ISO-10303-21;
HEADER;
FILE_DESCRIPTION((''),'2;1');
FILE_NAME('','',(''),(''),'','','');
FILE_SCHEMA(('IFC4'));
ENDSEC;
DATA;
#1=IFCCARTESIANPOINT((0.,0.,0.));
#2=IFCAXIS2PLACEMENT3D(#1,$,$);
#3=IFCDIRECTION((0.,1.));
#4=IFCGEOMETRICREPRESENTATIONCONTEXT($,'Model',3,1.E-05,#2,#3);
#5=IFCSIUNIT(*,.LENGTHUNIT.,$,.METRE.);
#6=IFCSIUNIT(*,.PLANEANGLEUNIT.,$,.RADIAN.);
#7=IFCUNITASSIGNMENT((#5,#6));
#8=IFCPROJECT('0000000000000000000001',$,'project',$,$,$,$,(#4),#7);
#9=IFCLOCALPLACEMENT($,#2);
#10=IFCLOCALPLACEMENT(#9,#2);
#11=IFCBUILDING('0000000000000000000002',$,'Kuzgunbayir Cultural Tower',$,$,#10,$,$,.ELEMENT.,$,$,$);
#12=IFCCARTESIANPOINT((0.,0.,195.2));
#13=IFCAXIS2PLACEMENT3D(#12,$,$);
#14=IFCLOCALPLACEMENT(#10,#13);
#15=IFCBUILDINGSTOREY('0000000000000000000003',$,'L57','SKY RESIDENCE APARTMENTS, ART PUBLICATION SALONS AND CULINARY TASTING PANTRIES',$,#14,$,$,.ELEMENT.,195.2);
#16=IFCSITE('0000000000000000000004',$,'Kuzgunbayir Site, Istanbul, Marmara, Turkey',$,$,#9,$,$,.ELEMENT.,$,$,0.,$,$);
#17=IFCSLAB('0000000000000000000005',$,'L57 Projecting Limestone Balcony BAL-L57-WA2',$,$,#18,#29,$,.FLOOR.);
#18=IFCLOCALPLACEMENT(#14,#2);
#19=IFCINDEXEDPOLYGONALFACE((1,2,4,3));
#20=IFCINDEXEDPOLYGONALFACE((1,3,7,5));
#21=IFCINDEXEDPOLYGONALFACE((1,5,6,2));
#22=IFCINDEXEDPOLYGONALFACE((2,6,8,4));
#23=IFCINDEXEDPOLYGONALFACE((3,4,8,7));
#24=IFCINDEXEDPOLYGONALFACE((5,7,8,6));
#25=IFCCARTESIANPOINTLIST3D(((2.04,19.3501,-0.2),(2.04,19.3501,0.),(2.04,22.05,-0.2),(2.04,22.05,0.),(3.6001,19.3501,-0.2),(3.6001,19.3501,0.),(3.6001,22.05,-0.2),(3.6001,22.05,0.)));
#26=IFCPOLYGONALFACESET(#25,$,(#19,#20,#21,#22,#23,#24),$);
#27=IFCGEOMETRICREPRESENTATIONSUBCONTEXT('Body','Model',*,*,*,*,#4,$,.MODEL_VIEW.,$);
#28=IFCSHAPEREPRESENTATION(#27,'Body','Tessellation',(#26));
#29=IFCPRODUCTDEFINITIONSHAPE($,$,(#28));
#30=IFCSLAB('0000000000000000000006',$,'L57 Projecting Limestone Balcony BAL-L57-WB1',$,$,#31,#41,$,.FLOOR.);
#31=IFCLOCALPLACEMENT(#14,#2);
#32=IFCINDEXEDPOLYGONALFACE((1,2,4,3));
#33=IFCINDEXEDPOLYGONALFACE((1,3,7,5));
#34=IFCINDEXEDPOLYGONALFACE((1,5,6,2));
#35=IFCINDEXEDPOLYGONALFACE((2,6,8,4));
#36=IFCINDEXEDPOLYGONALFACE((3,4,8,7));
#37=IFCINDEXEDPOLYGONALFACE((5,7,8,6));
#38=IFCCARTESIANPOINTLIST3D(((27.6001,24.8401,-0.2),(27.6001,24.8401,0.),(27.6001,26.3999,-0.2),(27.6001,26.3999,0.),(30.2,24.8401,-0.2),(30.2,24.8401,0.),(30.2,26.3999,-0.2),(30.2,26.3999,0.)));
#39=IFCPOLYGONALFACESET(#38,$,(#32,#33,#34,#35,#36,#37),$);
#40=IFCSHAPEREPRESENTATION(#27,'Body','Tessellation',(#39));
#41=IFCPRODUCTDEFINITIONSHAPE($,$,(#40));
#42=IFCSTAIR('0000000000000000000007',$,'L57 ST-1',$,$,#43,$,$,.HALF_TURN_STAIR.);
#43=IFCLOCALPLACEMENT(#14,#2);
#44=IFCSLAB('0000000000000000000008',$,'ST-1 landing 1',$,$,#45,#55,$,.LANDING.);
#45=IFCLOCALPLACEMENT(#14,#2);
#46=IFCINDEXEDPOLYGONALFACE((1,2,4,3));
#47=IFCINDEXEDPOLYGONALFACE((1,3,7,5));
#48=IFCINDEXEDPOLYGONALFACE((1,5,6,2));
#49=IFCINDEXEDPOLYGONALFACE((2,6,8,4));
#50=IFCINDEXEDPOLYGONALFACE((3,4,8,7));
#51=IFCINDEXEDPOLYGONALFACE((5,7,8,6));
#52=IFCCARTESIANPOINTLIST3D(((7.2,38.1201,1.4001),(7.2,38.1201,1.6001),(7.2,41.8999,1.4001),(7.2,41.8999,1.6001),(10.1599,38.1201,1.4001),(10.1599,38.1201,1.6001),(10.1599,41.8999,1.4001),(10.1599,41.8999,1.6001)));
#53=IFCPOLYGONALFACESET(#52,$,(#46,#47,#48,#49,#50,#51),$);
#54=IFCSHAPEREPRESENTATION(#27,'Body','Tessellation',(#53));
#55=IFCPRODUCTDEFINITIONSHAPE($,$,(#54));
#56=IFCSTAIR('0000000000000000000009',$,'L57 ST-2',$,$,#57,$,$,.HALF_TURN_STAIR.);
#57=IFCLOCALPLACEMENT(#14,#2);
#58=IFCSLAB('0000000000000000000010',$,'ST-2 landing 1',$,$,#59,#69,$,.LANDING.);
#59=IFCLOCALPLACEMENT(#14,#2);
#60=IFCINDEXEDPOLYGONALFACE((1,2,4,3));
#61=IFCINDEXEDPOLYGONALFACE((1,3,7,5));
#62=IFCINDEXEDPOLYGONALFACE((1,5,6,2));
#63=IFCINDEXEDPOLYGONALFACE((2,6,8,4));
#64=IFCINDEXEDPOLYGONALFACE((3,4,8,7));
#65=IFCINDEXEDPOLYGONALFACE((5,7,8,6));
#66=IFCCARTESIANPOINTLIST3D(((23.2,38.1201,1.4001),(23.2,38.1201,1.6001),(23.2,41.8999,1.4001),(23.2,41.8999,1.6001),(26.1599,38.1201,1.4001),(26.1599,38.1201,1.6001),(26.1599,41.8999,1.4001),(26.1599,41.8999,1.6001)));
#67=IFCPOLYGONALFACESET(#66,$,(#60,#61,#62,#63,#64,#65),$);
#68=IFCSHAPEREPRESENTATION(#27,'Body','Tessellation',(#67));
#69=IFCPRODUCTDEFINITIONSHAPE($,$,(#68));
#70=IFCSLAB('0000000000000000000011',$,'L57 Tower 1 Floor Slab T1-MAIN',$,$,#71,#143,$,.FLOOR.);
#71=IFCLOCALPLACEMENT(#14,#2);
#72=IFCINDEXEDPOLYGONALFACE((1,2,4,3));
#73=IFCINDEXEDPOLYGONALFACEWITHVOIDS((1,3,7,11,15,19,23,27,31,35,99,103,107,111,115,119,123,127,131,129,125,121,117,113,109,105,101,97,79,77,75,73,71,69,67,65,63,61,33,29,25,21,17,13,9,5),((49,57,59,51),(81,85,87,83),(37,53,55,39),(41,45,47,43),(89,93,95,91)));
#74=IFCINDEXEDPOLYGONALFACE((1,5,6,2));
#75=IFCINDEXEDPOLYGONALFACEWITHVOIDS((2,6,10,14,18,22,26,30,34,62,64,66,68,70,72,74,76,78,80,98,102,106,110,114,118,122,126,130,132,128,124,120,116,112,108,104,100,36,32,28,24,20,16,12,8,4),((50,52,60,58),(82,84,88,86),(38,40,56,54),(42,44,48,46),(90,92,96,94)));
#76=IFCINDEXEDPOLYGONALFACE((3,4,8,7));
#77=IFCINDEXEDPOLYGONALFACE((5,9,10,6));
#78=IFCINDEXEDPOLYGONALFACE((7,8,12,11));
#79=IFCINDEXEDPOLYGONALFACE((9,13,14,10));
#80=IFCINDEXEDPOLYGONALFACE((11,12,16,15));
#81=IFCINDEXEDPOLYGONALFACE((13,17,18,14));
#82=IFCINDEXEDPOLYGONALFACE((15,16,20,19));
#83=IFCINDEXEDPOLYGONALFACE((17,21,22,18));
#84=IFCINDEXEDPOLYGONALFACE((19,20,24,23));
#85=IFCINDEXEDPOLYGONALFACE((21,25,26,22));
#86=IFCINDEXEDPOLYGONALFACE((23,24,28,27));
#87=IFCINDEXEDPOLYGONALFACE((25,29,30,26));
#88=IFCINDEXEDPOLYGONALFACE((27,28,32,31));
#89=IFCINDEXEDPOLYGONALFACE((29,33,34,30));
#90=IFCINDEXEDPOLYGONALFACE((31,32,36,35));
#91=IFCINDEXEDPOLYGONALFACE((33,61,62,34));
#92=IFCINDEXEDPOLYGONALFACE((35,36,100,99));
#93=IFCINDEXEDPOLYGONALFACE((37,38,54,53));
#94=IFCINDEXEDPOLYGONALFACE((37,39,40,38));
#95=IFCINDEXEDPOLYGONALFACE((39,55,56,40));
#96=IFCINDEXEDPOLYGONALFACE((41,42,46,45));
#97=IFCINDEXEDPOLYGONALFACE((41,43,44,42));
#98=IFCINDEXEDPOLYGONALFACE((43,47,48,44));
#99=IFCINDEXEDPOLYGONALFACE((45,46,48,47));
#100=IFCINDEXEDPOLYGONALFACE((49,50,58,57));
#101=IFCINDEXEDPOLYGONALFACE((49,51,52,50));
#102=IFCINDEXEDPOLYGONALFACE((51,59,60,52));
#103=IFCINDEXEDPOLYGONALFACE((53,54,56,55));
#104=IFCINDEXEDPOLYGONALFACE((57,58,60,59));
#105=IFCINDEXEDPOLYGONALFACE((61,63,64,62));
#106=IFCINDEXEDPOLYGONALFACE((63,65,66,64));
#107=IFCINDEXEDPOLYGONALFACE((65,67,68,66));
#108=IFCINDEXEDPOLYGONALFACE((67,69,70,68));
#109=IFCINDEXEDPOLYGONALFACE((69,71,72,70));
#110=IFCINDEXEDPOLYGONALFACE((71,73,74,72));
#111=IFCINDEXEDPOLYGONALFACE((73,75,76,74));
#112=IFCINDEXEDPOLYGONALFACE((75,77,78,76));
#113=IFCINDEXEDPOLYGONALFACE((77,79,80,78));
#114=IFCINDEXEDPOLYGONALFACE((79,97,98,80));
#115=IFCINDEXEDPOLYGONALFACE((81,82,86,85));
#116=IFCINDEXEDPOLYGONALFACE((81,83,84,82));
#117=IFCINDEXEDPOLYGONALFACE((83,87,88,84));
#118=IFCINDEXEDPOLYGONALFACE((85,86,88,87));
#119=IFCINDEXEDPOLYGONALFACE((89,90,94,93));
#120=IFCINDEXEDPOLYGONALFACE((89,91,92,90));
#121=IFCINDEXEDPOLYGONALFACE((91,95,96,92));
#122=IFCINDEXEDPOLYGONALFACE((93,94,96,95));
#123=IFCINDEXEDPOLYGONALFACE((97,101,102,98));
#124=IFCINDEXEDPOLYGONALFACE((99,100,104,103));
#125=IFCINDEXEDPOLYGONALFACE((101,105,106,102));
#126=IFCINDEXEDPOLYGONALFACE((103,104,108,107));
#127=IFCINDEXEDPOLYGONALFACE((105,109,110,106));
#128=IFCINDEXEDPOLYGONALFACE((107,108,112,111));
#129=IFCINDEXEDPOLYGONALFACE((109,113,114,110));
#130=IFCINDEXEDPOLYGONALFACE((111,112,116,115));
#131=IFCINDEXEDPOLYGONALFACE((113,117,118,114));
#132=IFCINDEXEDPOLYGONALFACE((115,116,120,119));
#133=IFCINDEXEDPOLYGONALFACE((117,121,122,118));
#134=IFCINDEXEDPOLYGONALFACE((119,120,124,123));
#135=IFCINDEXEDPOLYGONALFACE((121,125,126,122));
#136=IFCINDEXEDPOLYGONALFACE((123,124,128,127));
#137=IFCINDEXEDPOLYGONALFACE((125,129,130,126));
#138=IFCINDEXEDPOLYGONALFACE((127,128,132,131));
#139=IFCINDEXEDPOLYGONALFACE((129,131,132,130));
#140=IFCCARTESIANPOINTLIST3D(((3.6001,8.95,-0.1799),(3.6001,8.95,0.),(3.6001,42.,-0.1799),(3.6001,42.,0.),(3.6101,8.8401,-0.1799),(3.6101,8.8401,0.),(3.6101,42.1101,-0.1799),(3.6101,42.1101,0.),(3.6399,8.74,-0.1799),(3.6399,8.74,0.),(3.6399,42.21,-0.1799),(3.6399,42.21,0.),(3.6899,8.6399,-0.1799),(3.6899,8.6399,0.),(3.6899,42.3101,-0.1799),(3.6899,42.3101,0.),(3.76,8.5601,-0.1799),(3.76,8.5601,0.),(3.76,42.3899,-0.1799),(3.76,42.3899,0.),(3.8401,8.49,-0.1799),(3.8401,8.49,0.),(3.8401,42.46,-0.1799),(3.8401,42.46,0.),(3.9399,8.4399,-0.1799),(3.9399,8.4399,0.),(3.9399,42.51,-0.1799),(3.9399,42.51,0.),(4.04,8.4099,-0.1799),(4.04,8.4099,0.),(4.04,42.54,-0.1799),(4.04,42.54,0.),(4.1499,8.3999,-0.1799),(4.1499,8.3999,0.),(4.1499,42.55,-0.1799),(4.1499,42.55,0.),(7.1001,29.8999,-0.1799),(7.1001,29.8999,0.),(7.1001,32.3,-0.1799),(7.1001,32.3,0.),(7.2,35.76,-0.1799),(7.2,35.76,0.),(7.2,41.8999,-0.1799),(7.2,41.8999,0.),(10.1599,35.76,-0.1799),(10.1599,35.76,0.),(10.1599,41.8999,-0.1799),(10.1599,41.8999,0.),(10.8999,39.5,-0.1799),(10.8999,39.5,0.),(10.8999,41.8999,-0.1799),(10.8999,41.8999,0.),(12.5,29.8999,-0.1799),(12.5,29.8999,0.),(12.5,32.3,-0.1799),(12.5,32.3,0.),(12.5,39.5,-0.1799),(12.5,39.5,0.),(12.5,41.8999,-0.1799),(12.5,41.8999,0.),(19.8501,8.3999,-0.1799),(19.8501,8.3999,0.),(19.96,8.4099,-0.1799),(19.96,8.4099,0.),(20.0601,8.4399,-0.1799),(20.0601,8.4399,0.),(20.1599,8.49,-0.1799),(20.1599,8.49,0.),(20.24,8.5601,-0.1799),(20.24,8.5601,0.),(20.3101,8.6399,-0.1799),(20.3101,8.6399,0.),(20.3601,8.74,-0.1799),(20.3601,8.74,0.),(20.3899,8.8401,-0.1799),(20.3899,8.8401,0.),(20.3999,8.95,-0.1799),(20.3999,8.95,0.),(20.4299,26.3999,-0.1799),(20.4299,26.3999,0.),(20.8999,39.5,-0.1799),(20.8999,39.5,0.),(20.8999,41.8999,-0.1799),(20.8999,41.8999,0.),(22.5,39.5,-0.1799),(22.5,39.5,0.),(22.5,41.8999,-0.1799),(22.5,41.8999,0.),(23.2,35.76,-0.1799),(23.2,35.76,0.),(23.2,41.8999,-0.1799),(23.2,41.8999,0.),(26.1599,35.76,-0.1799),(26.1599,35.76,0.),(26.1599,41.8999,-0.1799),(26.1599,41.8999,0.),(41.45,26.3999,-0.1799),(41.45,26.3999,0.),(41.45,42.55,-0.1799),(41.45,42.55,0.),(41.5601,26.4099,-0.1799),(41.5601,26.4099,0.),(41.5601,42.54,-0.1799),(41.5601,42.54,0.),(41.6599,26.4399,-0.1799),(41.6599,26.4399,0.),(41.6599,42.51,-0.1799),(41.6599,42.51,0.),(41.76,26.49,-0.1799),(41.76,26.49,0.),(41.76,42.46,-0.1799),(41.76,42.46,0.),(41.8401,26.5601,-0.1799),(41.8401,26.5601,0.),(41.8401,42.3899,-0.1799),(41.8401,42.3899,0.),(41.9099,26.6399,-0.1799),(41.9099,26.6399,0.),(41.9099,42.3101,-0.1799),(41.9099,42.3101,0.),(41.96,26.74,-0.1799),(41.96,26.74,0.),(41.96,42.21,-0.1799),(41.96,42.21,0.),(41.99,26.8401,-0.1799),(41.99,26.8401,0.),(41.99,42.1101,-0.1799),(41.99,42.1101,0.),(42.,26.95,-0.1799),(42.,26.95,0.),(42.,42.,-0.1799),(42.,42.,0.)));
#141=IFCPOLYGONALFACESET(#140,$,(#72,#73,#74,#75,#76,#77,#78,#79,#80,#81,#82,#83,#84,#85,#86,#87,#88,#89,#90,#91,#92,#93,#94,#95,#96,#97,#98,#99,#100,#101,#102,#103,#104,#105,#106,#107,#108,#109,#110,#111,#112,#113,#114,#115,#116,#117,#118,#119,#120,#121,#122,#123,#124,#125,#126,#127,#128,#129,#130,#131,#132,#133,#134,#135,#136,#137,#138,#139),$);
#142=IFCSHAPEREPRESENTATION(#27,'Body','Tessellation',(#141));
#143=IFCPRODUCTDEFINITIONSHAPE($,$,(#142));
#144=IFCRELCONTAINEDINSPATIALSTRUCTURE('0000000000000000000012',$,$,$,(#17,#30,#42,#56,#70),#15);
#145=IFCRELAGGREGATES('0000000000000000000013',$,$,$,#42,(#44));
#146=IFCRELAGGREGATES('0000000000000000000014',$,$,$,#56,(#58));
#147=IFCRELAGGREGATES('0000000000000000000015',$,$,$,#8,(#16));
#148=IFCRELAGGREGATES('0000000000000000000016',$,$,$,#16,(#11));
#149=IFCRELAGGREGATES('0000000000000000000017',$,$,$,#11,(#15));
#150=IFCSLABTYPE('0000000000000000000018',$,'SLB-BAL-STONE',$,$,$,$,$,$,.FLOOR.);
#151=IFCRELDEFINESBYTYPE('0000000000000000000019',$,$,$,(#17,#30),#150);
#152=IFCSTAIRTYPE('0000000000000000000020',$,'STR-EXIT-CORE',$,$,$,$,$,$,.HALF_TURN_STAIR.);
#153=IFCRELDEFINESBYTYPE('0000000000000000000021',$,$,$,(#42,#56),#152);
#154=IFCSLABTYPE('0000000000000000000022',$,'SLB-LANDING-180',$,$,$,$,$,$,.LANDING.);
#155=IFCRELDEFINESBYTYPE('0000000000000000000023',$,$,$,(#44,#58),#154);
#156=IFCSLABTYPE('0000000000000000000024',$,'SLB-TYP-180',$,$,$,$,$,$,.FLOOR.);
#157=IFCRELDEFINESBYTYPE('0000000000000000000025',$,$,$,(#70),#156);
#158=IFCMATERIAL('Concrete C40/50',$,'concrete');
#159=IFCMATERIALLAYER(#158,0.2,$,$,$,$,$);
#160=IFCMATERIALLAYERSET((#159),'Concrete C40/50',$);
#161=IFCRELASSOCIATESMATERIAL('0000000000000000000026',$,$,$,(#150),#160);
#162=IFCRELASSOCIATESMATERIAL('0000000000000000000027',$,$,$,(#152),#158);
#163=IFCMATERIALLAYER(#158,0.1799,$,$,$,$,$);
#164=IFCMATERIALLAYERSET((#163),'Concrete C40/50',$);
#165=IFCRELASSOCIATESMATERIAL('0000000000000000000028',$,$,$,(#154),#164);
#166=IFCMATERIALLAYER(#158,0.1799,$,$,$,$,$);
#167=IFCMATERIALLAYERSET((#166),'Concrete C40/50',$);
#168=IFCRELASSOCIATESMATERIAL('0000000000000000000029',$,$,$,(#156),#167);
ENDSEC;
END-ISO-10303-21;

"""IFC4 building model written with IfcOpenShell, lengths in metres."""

from ifc_helpers import new_model, si_unit, direction, frame, origin, place, context, subcontext, project, spatial, polyline, outline, extrude, material, layer, layer_set, type_object, element, aggregate, save


model = new_model("IFC4")

# Units and contexts
model_context = context("Model", 3, precision=1e-05, world=origin(), true_north=direction((0.0, 1.0)))
body_context = subcontext(model_context, "Body", "Model", "MODEL_VIEW")
ifc_project = project(units=[si_unit("LENGTHUNIT", "METRE"), si_unit("PLANEANGLEUNIT", "RADIAN")], contexts=[model_context])

# Site, building, storey
site_placement = place(None, origin())
site = spatial("IfcSite", under=ifc_project, at=site_placement, Name="Kuzgunbayir Site, Istanbul, Marmara, Turkey", CompositionType="ELEMENT", RefElevation=0.0)
building_placement = place(site_placement, origin())
building = spatial("IfcBuilding", under=site, at=building_placement, Name="Kuzgunbayir Cultural Tower", CompositionType="ELEMENT")
storey_placement = place(building_placement, frame((0.0, 0.0, 195.2)))
storey = spatial("IfcBuildingStorey", under=building, at=storey_placement, Name="L57", Description="SKY RESIDENCE APARTMENTS, ART PUBLICATION SALONS AND CULINARY TASTING PANTRIES", CompositionType="ELEMENT", Elevation=195.2)

# Slabs
ifc_material_1 = material(Name="Concrete C40/50", Category="concrete")
ifc_layer_1 = layer(ifc_material_1, 0.2)
ifc_layer_set_1 = layer_set([ifc_layer_1], Name="Concrete C40/50")
slab_type_1 = type_object("IfcSlabType", Name="SLB-BAL-STONE", PredefinedType="FLOOR", material=ifc_layer_set_1)
slab_1_placement = place(storey_placement, frame((0.0, 0.0, -0.2)))
element("IfcSlab", 1, at=slab_1_placement, inside=storey, type_object=slab_type_1, Name="L57 Projecting Limestone Balcony BAL-L57-WA2", PredefinedType="FLOOR", context=body_context, shape_type="SweptSolid", body=[
    extrude(outline(polyline([(2.04, 19.3501), (3.6001, 19.3501), (3.6001, 22.05), (2.04, 22.05), (2.04, 19.3501)])), origin(), (0.0, 0.0, 1.0), 0.2),
])
slab_2_placement = place(storey_placement, frame((0.0, 0.0, -0.2)))
element("IfcSlab", 2, at=slab_2_placement, inside=storey, type_object=slab_type_1, Name="L57 Projecting Limestone Balcony BAL-L57-WB1", PredefinedType="FLOOR", context=body_context, shape_type="SweptSolid", body=[
    extrude(outline(polyline([(27.6001, 24.8401), (30.2, 24.8401), (30.2, 26.3999), (27.6001, 26.3999), (27.6001, 24.8401)])), origin(), (0.0, 0.0, 1.0), 0.2),
])

# Stairs, slabs
stair_type = type_object("IfcStairType", Name="STR-EXIT-CORE", PredefinedType="HALF_TURN_STAIR", material=ifc_material_1)
stair_1_placement = place(storey_placement, origin())
stair_1 = element("IfcStair", 3, at=stair_1_placement, inside=storey, type_object=stair_type, Name="L57 ST-1", PredefinedType="HALF_TURN_STAIR")
ifc_layer_2 = layer(ifc_material_1, 0.1799)
ifc_layer_set_2 = layer_set([ifc_layer_2], Name="Concrete C40/50")
slab_type_2 = type_object("IfcSlabType", Name="SLB-LANDING-180", PredefinedType="LANDING", material=ifc_layer_set_2)
slab_3_placement = place(storey_placement, frame((0.0, 0.0, 1.4001)))
slab_3 = element("IfcSlab", 4, at=slab_3_placement, type_object=slab_type_2, Name="ST-1 landing 1", PredefinedType="LANDING", context=body_context, shape_type="SweptSolid", body=[
    extrude(outline(polyline([(10.1599, 38.1201), (10.1599, 41.8999), (7.2, 41.8999), (7.2, 38.1201), (10.1599, 38.1201)])), origin(), (0.0, 0.0, 1.0), 0.2),
])
aggregate(stair_1, [slab_3])
stair_2_placement = place(storey_placement, origin())
stair_2 = element("IfcStair", 5, at=stair_2_placement, inside=storey, type_object=stair_type, Name="L57 ST-2", PredefinedType="HALF_TURN_STAIR")
slab_4_placement = place(storey_placement, frame((0.0, 0.0, 1.4001)))
slab_4 = element("IfcSlab", 6, at=slab_4_placement, type_object=slab_type_2, Name="ST-2 landing 1", PredefinedType="LANDING", context=body_context, shape_type="SweptSolid", body=[
    extrude(outline(polyline([(26.1599, 38.1201), (26.1599, 41.8999), (23.2, 41.8999), (23.2, 38.1201), (26.1599, 38.1201)])), origin(), (0.0, 0.0, 1.0), 0.2),
])
aggregate(stair_2, [slab_4])

# Slab
ifc_layer_3 = layer(ifc_material_1, 0.1799)
ifc_layer_set_3 = layer_set([ifc_layer_3], Name="Concrete C40/50")
slab_type_3 = type_object("IfcSlabType", Name="SLB-TYP-180", PredefinedType="FLOOR", material=ifc_layer_set_3)
slab_5_placement = place(storey_placement, frame((0.0, 0.0, -0.1799)))
element("IfcSlab", 7, at=slab_5_placement, inside=storey, type_object=slab_type_3, Name="L57 Tower 1 Floor Slab T1-MAIN", PredefinedType="FLOOR", context=body_context, shape_type="SweptSolid", body=[
    extrude(outline(polyline([(20.3999, 8.95), (20.3899, 8.8401), (20.3601, 8.74), (20.3101, 8.6399), (20.24, 8.5601), (20.1599, 8.49), (20.0601, 8.4399), (19.96, 8.4099), (19.8501, 8.3999), (4.1499, 8.3999), (4.04, 8.4099), (3.9399, 8.4399), (3.8401, 8.49), (3.76, 8.5601), (3.6899, 8.6399), (3.6399, 8.74), (3.6101, 8.8401), (3.6001, 8.95), (3.6001, 42.0), (3.6101, 42.1101), (3.6399, 42.21), (3.6899, 42.3101), (3.76, 42.3899), (3.8401, 42.46), (3.9399, 42.51), (4.04, 42.54), (4.1499, 42.55), (41.45, 42.55), (41.5601, 42.54), (41.6599, 42.51), (41.76, 42.46), (41.8401, 42.3899), (41.9099, 42.3101), (41.96, 42.21), (41.99, 42.1101), (42.0, 42.0), (42.0, 26.95), (41.99, 26.8401), (41.96, 26.74), (41.9099, 26.6399), (41.8401, 26.5601), (41.76, 26.49), (41.6599, 26.4399), (41.5601, 26.4099), (41.45, 26.3999), (20.4299, 26.3999), (20.3999, 8.95)]), holes=[polyline([(7.2, 35.76), (7.2, 41.8999), (10.1599, 41.8999), (10.1599, 35.76), (7.2, 35.76)]), polyline([(23.2, 35.76), (23.2, 41.8999), (26.1599, 41.8999), (26.1599, 35.76), (23.2, 35.76)]), polyline([(7.1001, 29.8999), (7.1001, 32.3), (12.5, 32.3), (12.5, 29.8999), (7.1001, 29.8999)]), polyline([(10.8999, 39.5), (10.8999, 41.8999), (12.5, 41.8999), (12.5, 39.5), (10.8999, 39.5)]), polyline([(20.8999, 39.5), (20.8999, 41.8999), (22.5, 41.8999), (22.5, 39.5), (20.8999, 39.5)])]), origin(), (0.0, 0.0, 1.0), 0.1799),
])

save(model, "model.ifc")
